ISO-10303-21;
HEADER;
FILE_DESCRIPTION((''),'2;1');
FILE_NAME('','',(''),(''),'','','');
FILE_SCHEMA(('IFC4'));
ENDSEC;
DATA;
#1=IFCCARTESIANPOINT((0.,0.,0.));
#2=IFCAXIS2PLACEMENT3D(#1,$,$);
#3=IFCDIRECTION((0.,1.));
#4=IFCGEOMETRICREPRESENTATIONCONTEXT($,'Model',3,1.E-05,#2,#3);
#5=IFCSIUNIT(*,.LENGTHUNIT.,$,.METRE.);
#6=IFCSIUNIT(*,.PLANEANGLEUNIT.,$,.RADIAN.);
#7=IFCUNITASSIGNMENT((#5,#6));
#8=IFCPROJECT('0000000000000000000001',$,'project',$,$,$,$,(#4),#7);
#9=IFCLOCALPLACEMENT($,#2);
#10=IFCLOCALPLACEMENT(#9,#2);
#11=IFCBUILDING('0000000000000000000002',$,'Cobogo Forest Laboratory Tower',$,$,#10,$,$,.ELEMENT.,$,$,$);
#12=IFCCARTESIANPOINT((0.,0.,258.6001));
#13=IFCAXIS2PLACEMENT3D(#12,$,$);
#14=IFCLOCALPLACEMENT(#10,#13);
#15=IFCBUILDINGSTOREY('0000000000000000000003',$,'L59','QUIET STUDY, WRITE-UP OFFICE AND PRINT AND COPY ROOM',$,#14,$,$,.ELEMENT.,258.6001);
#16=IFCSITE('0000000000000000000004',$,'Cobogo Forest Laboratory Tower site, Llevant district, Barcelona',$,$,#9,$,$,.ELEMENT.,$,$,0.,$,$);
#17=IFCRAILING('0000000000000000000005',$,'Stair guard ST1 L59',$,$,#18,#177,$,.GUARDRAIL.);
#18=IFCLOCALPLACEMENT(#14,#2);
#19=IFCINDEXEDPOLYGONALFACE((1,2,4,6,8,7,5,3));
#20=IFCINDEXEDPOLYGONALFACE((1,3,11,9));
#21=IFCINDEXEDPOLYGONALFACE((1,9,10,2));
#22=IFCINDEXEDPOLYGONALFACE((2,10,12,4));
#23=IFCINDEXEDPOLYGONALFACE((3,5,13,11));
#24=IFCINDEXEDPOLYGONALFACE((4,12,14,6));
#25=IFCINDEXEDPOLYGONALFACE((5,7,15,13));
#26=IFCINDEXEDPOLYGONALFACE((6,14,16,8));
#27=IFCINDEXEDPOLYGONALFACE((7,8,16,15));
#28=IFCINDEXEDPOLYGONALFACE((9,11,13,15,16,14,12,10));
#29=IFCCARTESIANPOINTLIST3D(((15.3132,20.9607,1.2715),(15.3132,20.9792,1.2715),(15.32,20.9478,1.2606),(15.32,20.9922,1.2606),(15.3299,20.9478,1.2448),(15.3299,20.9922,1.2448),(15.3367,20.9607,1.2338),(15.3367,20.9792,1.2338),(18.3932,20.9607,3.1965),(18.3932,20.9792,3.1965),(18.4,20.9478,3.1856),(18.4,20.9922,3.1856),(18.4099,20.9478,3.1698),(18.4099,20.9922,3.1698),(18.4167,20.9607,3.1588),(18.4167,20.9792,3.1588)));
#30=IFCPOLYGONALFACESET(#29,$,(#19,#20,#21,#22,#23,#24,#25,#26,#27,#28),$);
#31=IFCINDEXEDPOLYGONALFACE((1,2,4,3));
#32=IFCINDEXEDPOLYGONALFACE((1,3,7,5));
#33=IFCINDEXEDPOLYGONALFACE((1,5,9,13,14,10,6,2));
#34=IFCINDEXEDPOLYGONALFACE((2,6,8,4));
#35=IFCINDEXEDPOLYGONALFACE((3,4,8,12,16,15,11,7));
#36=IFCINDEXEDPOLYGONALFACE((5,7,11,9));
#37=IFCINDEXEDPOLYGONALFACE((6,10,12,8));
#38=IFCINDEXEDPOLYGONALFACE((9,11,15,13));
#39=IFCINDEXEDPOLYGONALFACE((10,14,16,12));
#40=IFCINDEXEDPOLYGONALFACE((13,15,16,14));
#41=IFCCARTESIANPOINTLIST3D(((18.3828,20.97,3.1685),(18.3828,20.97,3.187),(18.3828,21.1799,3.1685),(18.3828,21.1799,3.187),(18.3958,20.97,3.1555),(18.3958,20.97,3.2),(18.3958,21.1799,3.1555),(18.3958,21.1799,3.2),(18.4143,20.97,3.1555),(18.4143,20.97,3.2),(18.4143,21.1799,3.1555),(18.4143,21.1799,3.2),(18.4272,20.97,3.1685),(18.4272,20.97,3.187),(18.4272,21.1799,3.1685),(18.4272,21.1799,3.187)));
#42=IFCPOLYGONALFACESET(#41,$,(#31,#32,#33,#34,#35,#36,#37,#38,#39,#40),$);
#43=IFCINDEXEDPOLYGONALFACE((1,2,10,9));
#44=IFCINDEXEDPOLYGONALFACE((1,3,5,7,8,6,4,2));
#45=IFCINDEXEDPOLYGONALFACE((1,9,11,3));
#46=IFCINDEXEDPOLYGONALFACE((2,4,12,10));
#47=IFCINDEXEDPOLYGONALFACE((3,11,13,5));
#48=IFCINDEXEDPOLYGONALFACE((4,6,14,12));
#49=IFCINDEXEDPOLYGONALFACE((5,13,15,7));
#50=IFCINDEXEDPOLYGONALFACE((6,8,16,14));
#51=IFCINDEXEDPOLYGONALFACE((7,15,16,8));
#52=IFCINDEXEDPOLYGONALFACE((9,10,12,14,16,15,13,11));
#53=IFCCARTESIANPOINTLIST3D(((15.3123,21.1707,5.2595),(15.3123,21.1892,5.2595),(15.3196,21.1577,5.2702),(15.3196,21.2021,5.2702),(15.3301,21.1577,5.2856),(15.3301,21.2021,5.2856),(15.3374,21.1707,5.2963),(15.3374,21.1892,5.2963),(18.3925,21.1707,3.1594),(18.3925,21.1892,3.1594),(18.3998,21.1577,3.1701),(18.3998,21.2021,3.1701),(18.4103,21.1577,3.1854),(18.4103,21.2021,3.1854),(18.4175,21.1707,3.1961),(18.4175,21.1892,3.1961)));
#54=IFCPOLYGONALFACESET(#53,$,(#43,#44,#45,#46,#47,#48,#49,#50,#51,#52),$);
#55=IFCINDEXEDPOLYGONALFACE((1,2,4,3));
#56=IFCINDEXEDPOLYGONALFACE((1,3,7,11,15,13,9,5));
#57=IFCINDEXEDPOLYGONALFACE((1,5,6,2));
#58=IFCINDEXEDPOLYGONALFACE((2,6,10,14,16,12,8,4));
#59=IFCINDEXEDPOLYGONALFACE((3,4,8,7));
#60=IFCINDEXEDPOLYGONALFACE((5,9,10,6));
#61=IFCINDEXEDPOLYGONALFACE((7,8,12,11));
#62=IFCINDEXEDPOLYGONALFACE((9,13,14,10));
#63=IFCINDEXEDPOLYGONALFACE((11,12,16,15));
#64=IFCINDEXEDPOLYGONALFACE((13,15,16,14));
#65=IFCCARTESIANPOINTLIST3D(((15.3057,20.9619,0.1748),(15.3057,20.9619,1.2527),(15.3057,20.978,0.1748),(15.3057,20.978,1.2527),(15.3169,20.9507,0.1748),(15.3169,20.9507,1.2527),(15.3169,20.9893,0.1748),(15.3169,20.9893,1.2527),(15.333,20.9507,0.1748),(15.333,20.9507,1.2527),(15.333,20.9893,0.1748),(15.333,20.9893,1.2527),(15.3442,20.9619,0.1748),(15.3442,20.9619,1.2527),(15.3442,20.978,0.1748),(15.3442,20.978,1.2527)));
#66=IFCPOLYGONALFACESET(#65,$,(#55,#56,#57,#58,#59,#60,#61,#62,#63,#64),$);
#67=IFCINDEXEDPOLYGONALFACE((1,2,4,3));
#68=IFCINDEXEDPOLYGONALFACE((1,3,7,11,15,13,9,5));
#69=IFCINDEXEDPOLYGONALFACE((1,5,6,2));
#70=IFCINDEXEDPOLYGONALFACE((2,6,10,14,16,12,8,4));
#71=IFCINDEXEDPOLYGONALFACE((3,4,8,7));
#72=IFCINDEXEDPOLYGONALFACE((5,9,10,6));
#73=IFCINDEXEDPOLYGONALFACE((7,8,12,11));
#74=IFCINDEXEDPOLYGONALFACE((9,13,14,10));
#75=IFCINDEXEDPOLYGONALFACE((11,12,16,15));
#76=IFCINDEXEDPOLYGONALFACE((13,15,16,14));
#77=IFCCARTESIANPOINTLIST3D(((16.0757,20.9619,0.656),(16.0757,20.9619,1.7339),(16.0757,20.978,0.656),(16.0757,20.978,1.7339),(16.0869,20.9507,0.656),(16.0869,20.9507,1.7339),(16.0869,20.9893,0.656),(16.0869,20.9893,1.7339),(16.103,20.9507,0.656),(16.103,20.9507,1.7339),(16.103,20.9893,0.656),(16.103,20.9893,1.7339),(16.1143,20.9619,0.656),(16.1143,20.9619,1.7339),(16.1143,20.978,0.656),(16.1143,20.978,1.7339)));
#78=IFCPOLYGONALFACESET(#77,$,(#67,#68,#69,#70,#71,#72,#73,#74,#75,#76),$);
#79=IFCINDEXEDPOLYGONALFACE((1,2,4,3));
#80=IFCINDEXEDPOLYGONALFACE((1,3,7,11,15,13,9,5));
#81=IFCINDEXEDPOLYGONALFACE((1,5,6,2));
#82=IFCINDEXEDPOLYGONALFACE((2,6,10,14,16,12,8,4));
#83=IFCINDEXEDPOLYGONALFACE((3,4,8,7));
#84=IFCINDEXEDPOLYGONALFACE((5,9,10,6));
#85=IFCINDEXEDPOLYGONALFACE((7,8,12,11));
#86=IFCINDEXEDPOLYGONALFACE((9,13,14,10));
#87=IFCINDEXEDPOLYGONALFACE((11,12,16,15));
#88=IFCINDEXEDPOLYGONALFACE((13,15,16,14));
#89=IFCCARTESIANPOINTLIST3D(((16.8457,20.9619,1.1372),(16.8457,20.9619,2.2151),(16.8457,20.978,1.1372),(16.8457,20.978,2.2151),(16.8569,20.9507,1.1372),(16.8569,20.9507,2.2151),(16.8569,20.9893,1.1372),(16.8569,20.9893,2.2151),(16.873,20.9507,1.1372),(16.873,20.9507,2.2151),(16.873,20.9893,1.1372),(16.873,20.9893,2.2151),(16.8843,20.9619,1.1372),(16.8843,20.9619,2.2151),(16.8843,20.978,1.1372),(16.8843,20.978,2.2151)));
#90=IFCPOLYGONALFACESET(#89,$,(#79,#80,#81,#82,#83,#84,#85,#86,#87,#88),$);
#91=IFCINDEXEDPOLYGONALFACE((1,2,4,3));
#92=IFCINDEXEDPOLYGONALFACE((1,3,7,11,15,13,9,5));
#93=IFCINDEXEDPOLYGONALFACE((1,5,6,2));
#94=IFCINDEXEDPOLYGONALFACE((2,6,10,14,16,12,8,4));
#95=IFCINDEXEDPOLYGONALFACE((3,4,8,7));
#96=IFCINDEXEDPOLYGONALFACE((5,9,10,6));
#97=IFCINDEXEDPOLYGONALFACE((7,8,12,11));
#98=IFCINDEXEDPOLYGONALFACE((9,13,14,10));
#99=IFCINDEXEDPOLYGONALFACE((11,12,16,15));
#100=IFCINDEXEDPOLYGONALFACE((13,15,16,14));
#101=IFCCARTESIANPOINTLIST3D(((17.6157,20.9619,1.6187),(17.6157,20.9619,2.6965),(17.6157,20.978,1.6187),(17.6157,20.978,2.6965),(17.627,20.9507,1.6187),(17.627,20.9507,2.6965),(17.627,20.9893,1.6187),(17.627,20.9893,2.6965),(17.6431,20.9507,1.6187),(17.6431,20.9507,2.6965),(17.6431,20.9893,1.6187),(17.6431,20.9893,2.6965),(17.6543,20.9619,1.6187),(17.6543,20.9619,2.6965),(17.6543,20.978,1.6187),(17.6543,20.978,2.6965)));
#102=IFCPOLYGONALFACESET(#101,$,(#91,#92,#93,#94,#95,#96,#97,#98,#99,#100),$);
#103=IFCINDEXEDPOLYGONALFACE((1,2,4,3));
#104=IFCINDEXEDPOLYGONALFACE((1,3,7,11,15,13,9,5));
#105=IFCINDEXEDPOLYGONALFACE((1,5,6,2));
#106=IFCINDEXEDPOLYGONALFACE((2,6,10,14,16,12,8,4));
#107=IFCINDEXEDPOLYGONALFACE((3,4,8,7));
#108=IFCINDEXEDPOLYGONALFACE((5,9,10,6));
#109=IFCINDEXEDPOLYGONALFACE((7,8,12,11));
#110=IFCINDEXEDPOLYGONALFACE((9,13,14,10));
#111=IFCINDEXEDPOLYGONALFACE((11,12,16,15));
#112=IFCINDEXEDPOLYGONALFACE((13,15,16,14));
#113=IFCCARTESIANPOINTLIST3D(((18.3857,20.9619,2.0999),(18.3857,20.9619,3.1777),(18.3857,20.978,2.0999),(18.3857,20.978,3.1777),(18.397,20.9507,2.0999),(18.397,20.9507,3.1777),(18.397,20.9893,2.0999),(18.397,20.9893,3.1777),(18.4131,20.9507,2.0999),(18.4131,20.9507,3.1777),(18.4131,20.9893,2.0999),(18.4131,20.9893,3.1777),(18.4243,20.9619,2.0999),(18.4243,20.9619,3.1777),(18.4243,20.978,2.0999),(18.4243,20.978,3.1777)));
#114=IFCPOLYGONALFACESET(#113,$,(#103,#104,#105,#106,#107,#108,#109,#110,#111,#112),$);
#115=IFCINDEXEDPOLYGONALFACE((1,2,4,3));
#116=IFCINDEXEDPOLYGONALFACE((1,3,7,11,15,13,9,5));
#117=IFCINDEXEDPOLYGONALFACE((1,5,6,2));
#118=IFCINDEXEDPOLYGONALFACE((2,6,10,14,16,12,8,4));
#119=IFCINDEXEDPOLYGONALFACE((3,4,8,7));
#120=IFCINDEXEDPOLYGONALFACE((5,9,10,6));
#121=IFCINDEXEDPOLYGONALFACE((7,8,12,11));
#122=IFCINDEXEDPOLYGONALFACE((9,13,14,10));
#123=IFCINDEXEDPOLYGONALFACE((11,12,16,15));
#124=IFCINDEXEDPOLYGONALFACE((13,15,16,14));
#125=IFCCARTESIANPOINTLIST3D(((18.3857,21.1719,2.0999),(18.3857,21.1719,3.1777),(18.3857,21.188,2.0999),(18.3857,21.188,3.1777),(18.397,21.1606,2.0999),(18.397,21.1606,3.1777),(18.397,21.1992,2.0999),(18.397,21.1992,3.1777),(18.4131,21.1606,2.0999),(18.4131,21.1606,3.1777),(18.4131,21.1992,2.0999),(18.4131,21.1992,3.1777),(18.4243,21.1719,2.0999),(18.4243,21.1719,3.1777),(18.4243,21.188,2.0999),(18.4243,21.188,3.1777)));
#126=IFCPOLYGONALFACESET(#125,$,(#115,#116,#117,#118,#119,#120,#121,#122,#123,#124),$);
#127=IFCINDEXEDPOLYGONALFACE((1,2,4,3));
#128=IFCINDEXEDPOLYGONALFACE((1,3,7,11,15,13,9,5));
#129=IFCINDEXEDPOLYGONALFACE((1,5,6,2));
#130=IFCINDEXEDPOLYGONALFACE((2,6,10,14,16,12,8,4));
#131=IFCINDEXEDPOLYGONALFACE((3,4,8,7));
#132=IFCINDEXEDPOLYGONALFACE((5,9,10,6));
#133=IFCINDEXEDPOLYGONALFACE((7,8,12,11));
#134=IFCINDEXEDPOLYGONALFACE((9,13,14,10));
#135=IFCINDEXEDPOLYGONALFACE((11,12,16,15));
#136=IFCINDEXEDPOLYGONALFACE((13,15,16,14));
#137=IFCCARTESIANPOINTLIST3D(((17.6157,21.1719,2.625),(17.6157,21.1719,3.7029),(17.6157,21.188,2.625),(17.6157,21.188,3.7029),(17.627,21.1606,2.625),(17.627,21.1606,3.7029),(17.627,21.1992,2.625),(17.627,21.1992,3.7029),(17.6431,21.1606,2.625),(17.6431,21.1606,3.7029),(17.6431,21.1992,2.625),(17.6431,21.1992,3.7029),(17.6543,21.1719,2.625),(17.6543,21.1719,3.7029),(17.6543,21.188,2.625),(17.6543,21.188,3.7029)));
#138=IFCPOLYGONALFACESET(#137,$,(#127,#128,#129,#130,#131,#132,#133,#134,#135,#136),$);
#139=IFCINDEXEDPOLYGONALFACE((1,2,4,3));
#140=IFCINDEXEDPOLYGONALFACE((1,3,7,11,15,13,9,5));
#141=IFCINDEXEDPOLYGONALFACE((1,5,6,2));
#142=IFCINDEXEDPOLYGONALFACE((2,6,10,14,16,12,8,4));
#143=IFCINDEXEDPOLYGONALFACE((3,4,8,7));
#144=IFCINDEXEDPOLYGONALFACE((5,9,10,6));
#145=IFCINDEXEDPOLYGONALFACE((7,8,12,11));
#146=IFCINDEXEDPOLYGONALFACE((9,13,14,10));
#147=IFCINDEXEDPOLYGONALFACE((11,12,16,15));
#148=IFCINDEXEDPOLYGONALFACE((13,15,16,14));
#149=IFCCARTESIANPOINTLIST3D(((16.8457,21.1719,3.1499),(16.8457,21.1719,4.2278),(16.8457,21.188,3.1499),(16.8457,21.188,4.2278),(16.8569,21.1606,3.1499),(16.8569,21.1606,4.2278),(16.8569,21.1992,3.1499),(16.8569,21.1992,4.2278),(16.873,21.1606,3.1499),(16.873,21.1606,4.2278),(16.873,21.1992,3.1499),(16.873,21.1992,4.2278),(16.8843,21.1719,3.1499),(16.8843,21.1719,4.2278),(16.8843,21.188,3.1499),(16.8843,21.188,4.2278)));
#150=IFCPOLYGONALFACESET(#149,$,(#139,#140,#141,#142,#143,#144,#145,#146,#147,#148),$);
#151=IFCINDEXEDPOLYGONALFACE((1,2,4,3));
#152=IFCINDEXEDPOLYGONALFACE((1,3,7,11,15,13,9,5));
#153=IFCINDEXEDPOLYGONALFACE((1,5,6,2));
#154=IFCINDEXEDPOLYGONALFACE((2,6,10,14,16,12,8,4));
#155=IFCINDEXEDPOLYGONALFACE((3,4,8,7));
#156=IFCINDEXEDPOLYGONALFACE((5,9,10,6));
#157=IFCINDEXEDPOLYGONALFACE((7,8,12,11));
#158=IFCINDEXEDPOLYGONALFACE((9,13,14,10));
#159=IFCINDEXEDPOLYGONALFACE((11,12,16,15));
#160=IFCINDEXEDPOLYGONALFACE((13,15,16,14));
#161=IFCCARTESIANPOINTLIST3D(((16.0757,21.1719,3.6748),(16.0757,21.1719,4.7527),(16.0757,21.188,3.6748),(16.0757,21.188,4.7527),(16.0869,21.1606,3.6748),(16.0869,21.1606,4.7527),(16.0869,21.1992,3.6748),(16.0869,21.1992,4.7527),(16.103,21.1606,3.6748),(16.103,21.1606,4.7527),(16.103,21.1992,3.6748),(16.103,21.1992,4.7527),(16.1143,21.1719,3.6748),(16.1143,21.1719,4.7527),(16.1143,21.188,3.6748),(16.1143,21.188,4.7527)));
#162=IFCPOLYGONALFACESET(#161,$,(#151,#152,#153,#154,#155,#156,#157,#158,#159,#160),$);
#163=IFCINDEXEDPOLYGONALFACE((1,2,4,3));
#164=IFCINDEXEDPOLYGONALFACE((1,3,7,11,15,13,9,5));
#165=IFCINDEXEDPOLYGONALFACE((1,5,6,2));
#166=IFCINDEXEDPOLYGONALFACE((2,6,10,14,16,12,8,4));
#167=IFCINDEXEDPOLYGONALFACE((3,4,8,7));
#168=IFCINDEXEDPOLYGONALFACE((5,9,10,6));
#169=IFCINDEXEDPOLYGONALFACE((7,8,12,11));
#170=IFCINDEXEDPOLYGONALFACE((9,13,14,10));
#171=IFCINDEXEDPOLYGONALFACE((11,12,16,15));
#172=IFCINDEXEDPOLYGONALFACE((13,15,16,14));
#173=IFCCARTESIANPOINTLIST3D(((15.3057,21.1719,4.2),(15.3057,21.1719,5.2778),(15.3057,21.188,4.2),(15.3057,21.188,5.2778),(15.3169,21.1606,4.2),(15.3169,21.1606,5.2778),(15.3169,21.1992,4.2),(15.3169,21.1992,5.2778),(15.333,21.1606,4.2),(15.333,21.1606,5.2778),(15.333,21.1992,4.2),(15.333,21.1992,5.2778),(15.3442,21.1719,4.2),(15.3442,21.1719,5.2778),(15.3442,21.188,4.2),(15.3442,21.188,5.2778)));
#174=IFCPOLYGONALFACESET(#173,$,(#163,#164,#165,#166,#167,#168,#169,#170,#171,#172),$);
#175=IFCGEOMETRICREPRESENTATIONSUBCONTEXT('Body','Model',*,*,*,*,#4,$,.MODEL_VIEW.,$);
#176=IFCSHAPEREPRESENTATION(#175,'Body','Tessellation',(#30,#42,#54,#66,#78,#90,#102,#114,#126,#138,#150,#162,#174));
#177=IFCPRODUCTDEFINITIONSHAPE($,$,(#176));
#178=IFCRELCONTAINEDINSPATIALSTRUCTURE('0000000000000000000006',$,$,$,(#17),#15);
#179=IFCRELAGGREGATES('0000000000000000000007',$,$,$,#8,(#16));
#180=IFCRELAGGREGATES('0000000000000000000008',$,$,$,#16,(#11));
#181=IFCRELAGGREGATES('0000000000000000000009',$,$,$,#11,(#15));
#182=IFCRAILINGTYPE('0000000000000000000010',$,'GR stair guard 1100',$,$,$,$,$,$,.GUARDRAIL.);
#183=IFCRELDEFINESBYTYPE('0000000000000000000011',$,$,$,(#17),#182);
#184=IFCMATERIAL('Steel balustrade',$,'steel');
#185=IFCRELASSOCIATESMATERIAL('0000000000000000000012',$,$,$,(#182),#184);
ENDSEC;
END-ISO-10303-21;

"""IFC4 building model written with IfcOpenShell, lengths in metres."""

from ifc_helpers import new_model, si_unit, direction, frame, origin, place, context, subcontext, project, spatial, polyline, outline, extrude, material, type_object, element, save


model = new_model("IFC4")

# Units and contexts
model_context = context("Model", 3, precision=1e-05, world=origin(), true_north=direction((0.0, 1.0)))
body_context = subcontext(model_context, "Body", "Model", "MODEL_VIEW")
ifc_project = project(units=[si_unit("LENGTHUNIT", "METRE"), si_unit("PLANEANGLEUNIT", "RADIAN")], contexts=[model_context])

# Site, building, storey
site_placement = place(None, origin())
site = spatial("IfcSite", under=ifc_project, at=site_placement, Name="Cobogo Forest Laboratory Tower site, Llevant district, Barcelona", CompositionType="ELEMENT", RefElevation=0.0)
building_placement = place(site_placement, origin())
building = spatial("IfcBuilding", under=site, at=building_placement, Name="Cobogo Forest Laboratory Tower", CompositionType="ELEMENT")
storey_placement = place(building_placement, frame((0.0, 0.0, 258.6001)))
storey = spatial("IfcBuildingStorey", under=building, at=storey_placement, Name="L59", Description="QUIET STUDY, WRITE-UP OFFICE AND PRINT AND COPY ROOM", CompositionType="ELEMENT", Elevation=258.6001)

# Railing
ifc_material_1 = material(Name="Steel balustrade", Category="steel")
railing_type_1 = type_object("IfcRailingType", Name="GR stair guard 1100", PredefinedType="GUARDRAIL", material=ifc_material_1)
railing_1_placement = place(storey_placement, frame((15.325, 20.97, 0.1748)))
element("IfcRailing", 1, at=railing_1_placement, inside=storey, type_object=railing_type_1, Name="Stair guard ST1 L59", PredefinedType="GUARDRAIL", context=body_context, shape_type="SweptSolid", body=[
    extrude(outline(polyline([(0.0222, 0.0093), (0.0093, 0.0222), (-0.0093, 0.0222), (-0.0222, 0.0093), (-0.0222, -0.0093), (-0.0093, -0.0222), (0.0093, -0.0222), (0.0222, -0.0093), (0.0222, 0.0093)])), frame((0.0, 0.0, 1.0779), z_axis=(0.847998, 0.0, 0.529999), x_axis=(0.0, 1.0, 0.0)), (0.0, 0.0, 1.0), 3.6321),
    extrude(outline(polyline([(0.0222, 0.0093), (0.0093, 0.0222), (-0.0093, 0.0222), (-0.0222, 0.0093), (-0.0222, -0.0093), (-0.0093, -0.0222), (0.0093, -0.0222), (0.0222, -0.0093), (0.0222, 0.0093)])), frame((3.0801, 0.0, 3.0029), z_axis=(0.0, 1.0, 0.0), x_axis=(-1.0, 0.0, 0.0)), (0.0, 0.0, 1.0), 0.21),
    extrude(outline(polyline([(0.0222, 0.0093), (0.0093, 0.0222), (-0.0093, 0.0222), (-0.0222, 0.0093), (-0.0222, -0.0093), (-0.0093, -0.0222), (0.0093, -0.0222), (0.0222, -0.0093), (0.0222, 0.0093)])), frame((3.0801, 0.21, 3.0029), z_axis=(-0.826222, 0.0, 0.563345), x_axis=(0.0, -1.0, 0.0)), (0.0, 0.0, 1.0), 3.728),
    extrude(outline(polyline([(0.0193, 0.0081), (0.0081, 0.0193), (-0.0081, 0.0193), (-0.0193, 0.0081), (-0.0193, -0.0081), (-0.0081, -0.0193), (0.0081, -0.0193), (0.0193, -0.0081), (0.0193, 0.0081)])), origin(), (0.0, 0.0, 1.0), 1.0779),
    extrude(outline(polyline([(0.0193, 0.0081), (0.0081, 0.0193), (-0.0081, 0.0193), (-0.0193, 0.0081), (-0.0193, -0.0081), (-0.0081, -0.0193), (0.0081, -0.0193), (0.0193, -0.0081), (0.0193, 0.0081)])), frame((0.77, 0.0, 0.4812)), (0.0, 0.0, 1.0), 1.0779),
    extrude(outline(polyline([(0.0193, 0.0081), (0.0081, 0.0193), (-0.0081, 0.0193), (-0.0193, 0.0081), (-0.0193, -0.0081), (-0.0081, -0.0193), (0.0081, -0.0193), (0.0193, -0.0081), (0.0193, 0.0081)])), frame((1.54, 0.0, 0.9624)), (0.0, 0.0, 1.0), 1.0779),
    extrude(outline(polyline([(0.0193, 0.0081), (0.0081, 0.0193), (-0.0081, 0.0193), (-0.0193, 0.0081), (-0.0193, -0.0081), (-0.0081, -0.0193), (0.0081, -0.0193), (0.0193, -0.0081), (0.0193, 0.0081)])), frame((2.3101, 0.0, 1.4438)), (0.0, 0.0, 1.0), 1.0779),
    extrude(outline(polyline([(0.0193, 0.0081), (0.0081, 0.0193), (-0.0081, 0.0193), (-0.0193, 0.0081), (-0.0193, -0.0081), (-0.0081, -0.0193), (0.0081, -0.0193), (0.0193, -0.0081), (0.0193, 0.0081)])), frame((3.0801, 0.0, 1.925)), (0.0, 0.0, 1.0), 1.0779),
    extrude(outline(polyline([(0.0193, 0.0081), (0.0081, 0.0193), (-0.0081, 0.0193), (-0.0193, 0.0081), (-0.0193, -0.0081), (-0.0081, -0.0193), (0.0081, -0.0193), (0.0193, -0.0081), (0.0193, 0.0081)])), frame((3.0801, 0.21, 1.925)), (0.0, 0.0, 1.0), 1.0779),
    extrude(outline(polyline([(0.0193, 0.0081), (0.0081, 0.0193), (-0.0081, 0.0193), (-0.0193, 0.0081), (-0.0193, -0.0081), (-0.0081, -0.0193), (0.0081, -0.0193), (0.0193, -0.0081), (0.0193, 0.0081)])), frame((2.3101, 0.21, 2.4502)), (0.0, 0.0, 1.0), 1.0779),
    extrude(outline(polyline([(0.0193, 0.0081), (0.0081, 0.0193), (-0.0081, 0.0193), (-0.0193, 0.0081), (-0.0193, -0.0081), (-0.0081, -0.0193), (0.0081, -0.0193), (0.0193, -0.0081), (0.0193, 0.0081)])), frame((1.54, 0.21, 2.9751)), (0.0, 0.0, 1.0), 1.0779),
    extrude(outline(polyline([(0.0193, 0.0081), (0.0081, 0.0193), (-0.0081, 0.0193), (-0.0193, 0.0081), (-0.0193, -0.0081), (-0.0081, -0.0193), (0.0081, -0.0193), (0.0193, -0.0081), (0.0193, 0.0081)])), frame((0.77, 0.21, 3.5)), (0.0, 0.0, 1.0), 1.0779),
    extrude(outline(polyline([(0.0193, 0.0081), (0.0081, 0.0193), (-0.0081, 0.0193), (-0.0193, 0.0081), (-0.0193, -0.0081), (-0.0081, -0.0193), (0.0081, -0.0193), (0.0193, -0.0081), (0.0193, 0.0081)])), frame((0.0, 0.21, 4.0251)), (0.0, 0.0, 1.0), 1.0779),
])

save(model, "model.ifc")
